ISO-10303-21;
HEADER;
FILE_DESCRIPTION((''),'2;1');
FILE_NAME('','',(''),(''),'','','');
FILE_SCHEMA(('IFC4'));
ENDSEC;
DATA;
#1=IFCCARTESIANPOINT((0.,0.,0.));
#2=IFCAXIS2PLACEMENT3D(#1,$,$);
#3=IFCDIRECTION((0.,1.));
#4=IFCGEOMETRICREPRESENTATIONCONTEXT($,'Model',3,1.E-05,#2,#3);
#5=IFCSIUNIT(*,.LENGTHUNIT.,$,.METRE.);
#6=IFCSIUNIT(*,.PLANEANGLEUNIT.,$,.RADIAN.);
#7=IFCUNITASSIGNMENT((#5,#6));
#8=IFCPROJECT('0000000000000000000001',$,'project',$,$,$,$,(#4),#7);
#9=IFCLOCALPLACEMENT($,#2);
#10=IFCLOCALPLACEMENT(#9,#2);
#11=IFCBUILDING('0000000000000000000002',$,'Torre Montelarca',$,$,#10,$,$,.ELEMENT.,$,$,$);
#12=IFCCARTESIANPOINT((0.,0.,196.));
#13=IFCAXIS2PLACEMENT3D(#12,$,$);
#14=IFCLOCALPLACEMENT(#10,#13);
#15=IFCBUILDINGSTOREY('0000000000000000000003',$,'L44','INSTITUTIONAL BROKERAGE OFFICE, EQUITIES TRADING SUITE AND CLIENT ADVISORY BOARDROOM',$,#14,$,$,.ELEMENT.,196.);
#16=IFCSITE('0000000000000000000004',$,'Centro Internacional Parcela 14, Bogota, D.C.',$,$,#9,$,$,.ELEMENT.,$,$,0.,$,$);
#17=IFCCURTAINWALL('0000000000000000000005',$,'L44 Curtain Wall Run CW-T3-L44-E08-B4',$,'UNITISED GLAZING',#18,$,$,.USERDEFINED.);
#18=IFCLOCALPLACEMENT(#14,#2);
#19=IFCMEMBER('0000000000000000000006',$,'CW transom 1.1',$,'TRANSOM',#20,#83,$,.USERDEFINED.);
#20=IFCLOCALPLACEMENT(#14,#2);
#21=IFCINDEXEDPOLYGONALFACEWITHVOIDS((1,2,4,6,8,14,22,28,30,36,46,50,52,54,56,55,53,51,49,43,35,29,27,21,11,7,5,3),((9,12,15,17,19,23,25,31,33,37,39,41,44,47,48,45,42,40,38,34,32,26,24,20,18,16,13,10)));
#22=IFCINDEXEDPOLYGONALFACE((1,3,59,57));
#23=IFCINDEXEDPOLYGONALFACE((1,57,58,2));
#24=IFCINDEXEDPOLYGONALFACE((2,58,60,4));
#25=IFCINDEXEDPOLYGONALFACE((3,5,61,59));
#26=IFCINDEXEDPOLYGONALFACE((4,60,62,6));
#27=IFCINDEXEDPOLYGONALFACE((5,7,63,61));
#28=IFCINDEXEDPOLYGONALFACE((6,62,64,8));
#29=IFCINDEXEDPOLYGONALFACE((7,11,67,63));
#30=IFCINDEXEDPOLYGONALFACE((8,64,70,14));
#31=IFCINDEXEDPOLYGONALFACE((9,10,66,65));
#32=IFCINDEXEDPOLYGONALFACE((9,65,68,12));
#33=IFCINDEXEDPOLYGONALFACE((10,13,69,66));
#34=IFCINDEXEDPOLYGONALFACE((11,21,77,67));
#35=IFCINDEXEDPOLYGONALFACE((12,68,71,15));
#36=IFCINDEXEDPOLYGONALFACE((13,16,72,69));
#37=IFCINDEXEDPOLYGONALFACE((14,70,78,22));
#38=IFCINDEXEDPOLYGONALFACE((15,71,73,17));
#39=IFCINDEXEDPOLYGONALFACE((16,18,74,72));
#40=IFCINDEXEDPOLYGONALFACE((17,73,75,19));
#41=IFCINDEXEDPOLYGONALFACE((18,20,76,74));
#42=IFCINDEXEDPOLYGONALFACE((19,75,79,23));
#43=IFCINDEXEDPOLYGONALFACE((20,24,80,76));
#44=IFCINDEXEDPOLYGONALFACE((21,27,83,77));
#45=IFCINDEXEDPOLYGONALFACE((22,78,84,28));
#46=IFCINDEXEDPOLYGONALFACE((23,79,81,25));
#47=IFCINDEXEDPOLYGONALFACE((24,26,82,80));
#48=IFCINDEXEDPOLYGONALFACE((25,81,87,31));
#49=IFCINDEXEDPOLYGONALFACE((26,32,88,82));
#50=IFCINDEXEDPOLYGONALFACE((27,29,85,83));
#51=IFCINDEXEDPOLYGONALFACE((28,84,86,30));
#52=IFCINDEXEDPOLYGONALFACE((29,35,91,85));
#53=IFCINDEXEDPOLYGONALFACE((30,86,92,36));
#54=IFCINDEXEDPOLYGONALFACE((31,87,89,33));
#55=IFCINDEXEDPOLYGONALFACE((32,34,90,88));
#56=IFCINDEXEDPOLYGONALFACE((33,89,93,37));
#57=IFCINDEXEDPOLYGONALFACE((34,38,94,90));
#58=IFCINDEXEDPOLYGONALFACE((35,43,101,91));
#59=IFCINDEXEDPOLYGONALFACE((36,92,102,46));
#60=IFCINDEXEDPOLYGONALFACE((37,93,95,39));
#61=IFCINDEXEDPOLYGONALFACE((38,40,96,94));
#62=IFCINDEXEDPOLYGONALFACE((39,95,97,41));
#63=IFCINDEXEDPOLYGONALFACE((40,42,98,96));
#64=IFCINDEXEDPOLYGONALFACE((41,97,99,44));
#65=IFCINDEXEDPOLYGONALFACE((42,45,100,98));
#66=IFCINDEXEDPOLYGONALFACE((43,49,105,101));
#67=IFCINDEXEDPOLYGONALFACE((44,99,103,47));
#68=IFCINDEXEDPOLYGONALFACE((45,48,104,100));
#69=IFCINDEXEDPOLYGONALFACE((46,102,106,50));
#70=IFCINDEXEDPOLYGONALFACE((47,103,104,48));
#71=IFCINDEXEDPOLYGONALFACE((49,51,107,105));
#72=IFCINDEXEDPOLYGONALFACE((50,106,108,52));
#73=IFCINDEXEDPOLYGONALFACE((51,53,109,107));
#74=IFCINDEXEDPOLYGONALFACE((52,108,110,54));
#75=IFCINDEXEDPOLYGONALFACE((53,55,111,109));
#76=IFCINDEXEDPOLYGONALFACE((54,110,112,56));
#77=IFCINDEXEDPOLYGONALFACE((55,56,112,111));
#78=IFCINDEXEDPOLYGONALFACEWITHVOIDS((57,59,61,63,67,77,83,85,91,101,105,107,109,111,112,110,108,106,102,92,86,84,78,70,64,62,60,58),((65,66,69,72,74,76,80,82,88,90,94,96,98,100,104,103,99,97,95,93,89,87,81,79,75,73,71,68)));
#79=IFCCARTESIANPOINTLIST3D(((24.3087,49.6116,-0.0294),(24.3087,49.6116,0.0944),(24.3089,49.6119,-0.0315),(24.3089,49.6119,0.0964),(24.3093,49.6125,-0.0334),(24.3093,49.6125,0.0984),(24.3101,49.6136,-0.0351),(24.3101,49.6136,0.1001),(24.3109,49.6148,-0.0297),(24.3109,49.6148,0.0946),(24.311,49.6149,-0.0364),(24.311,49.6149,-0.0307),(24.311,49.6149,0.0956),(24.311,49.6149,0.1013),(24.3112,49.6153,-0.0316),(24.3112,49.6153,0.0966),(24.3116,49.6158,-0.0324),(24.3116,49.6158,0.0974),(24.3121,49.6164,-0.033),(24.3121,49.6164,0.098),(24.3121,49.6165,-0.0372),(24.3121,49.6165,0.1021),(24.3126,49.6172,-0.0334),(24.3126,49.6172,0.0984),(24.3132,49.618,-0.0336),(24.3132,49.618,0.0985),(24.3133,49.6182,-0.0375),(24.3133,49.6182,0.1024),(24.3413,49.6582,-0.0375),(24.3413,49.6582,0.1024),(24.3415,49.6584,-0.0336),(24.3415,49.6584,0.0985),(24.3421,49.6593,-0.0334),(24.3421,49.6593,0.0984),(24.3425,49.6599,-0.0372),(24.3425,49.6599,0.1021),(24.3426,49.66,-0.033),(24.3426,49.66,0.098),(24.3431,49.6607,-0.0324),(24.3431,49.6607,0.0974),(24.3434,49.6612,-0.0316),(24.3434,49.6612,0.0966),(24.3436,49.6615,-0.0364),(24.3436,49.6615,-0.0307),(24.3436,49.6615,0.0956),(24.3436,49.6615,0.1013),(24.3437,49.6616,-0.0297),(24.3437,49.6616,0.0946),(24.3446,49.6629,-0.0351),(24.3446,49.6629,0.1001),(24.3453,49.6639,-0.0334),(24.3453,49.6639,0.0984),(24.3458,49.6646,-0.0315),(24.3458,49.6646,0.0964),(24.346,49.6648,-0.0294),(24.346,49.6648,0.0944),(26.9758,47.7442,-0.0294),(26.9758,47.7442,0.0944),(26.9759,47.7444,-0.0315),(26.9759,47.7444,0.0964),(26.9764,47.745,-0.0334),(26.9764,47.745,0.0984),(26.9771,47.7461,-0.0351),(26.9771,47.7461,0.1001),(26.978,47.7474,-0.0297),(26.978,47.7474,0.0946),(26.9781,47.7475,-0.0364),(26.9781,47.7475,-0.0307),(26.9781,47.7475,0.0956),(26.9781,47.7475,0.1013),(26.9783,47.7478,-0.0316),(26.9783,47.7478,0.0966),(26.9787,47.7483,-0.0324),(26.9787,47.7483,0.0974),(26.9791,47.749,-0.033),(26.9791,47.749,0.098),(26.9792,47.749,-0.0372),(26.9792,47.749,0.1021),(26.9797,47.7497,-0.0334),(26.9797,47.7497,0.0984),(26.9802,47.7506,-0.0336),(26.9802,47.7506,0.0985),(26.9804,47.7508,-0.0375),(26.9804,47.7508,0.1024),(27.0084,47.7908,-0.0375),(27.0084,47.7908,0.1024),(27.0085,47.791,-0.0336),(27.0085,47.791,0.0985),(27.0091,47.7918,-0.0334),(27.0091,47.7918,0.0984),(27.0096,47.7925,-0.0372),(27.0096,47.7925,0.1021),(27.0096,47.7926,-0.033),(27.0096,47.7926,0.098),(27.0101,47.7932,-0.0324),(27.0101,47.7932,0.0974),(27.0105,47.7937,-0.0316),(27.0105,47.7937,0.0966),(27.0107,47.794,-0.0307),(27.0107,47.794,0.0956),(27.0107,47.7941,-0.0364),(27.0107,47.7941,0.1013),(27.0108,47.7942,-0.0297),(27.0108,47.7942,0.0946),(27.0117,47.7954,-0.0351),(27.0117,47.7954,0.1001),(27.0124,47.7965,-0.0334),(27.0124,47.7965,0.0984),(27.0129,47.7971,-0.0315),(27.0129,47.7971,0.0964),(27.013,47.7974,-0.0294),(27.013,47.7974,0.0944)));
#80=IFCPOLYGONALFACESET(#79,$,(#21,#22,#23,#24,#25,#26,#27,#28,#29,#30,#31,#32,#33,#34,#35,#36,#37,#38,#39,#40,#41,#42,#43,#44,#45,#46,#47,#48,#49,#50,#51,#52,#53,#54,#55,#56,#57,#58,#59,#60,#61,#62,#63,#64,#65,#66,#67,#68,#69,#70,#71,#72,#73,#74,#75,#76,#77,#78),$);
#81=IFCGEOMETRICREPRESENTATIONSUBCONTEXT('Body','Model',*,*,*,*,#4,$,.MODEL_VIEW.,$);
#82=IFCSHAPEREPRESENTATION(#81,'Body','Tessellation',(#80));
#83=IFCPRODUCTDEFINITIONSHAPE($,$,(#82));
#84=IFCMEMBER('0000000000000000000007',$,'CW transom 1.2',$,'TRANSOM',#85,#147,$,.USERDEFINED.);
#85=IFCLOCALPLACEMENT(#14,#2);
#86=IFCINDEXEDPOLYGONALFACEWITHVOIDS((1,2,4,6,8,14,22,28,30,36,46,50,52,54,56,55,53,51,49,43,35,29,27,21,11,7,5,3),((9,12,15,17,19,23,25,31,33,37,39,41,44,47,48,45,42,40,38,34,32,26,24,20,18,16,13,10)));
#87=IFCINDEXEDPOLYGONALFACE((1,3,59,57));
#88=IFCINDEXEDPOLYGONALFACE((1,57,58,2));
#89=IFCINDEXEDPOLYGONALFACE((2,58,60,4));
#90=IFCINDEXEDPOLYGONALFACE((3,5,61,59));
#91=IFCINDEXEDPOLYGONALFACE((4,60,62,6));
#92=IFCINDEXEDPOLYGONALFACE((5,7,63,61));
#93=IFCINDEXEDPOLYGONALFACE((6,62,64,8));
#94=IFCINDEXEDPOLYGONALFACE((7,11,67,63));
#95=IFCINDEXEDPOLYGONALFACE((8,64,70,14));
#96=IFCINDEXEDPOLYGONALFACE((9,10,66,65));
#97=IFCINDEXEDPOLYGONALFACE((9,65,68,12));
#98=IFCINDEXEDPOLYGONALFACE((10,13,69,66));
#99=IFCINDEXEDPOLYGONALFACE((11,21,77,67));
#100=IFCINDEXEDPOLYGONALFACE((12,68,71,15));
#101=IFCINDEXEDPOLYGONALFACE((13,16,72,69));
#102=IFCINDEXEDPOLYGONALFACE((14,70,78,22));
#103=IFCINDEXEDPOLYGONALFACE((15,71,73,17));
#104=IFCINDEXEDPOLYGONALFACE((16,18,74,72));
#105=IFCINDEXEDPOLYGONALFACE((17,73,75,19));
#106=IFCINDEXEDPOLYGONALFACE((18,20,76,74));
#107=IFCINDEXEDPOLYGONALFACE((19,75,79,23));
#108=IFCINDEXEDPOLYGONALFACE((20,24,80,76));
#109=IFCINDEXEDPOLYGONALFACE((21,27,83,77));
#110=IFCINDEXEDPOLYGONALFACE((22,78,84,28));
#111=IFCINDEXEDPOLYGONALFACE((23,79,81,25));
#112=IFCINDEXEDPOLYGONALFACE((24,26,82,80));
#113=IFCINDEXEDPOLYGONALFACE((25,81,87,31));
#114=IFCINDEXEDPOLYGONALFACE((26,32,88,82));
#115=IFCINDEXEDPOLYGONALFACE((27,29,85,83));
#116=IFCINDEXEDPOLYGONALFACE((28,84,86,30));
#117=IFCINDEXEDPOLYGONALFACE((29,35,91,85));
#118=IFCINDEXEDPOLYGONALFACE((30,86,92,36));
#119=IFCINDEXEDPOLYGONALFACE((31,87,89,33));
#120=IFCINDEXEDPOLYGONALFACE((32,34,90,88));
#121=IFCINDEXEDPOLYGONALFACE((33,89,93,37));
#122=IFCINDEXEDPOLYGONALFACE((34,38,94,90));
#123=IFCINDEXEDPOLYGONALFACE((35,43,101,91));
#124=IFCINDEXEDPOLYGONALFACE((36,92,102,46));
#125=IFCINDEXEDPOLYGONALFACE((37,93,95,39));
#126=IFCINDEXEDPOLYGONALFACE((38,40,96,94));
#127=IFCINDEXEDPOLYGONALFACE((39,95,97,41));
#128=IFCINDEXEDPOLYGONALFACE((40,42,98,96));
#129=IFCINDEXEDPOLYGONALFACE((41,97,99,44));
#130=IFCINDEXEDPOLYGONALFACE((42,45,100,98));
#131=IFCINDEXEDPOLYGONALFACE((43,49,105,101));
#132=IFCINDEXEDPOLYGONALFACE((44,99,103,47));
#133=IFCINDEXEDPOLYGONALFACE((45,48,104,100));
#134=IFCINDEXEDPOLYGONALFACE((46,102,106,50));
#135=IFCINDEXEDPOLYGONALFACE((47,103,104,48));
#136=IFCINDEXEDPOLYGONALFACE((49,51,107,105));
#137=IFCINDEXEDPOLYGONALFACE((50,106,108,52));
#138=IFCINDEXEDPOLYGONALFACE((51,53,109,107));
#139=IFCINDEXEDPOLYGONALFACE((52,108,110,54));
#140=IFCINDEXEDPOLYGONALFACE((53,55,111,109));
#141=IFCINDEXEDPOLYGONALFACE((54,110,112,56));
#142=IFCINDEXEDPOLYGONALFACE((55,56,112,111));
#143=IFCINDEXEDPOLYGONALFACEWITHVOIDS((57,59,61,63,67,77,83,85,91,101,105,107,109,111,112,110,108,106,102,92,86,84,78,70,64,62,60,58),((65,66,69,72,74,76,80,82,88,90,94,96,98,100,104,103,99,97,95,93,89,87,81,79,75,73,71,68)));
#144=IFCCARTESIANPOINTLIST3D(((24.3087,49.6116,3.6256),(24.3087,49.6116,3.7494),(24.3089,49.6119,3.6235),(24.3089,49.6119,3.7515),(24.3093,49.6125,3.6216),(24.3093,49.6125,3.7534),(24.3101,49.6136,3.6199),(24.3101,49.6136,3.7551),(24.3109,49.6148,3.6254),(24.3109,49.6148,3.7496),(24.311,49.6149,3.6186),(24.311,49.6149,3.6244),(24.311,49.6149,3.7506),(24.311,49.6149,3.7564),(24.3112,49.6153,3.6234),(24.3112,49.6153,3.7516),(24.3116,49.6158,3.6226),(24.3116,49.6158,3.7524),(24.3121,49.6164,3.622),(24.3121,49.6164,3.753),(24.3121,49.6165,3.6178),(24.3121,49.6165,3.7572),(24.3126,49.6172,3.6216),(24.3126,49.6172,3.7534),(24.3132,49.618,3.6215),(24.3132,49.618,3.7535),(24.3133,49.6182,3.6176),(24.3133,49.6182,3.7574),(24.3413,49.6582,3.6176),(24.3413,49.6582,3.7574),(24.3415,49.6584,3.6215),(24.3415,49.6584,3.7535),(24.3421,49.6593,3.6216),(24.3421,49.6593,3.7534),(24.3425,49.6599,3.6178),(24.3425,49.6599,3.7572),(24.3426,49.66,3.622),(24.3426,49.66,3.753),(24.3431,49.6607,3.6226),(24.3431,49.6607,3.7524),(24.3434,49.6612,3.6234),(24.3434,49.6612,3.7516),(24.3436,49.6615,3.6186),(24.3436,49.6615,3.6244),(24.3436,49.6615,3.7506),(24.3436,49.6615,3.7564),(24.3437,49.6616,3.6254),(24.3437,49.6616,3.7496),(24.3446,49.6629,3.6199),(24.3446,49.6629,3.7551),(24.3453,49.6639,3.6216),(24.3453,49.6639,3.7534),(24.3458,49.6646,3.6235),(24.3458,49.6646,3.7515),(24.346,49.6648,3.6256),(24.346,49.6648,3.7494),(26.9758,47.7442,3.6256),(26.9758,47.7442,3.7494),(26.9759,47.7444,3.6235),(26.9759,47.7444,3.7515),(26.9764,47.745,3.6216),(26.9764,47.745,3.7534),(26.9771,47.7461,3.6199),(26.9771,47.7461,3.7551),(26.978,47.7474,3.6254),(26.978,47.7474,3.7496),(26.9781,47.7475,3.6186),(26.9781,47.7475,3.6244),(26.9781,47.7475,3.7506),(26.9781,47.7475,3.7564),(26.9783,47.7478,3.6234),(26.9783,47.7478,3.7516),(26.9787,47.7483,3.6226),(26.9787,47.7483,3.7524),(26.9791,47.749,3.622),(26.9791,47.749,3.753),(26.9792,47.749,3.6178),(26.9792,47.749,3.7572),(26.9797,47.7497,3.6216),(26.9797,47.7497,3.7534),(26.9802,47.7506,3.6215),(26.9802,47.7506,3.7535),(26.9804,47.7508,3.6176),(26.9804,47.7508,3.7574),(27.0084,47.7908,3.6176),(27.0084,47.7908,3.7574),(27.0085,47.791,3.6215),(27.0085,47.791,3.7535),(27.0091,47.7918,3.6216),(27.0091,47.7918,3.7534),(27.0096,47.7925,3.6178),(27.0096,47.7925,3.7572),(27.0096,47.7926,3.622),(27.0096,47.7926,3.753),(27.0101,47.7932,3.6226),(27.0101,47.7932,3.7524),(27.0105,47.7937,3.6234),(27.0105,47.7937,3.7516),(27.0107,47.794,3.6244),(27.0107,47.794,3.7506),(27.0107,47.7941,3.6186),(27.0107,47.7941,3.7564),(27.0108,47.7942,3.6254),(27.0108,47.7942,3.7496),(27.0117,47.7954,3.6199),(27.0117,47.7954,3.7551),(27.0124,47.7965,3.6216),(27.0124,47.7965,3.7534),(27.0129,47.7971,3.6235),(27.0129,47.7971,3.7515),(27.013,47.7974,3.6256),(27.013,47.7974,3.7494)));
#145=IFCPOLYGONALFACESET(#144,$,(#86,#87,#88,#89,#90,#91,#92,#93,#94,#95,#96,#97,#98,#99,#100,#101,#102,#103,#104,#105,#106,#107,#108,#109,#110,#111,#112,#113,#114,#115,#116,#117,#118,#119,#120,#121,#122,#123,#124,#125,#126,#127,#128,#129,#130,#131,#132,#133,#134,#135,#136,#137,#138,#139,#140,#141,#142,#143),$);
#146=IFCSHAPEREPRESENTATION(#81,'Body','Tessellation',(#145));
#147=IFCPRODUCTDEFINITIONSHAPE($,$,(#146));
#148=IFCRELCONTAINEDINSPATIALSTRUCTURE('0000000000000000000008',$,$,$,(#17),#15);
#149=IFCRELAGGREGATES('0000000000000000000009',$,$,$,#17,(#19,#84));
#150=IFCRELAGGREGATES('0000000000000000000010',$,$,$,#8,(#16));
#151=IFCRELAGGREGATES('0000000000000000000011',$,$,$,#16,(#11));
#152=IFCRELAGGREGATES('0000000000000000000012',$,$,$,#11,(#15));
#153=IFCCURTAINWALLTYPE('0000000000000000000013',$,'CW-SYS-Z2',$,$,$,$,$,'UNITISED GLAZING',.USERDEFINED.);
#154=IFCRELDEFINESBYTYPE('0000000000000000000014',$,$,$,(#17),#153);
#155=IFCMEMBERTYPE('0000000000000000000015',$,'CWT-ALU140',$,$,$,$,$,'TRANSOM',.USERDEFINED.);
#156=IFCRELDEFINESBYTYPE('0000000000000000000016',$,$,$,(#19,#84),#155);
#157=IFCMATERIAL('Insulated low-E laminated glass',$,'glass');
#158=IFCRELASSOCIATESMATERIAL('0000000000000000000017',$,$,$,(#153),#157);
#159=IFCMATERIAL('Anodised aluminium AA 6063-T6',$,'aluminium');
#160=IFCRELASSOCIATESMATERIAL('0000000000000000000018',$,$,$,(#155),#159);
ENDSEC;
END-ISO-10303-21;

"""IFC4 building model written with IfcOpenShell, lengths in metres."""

from ifc_helpers import new_model, si_unit, direction, frame, origin, origin_2d, place, context, subcontext, project, spatial, hollow_rectangle, extrude, source, transform, mapped, material, material_profile, profile_set, type_object, element, aggregate, save


model = new_model("IFC4")

# Units and contexts
model_context = context("Model", 3, precision=1e-05, world=origin(), true_north=direction((0.0, 1.0)))
body_context = subcontext(model_context, "Body", "Model", "MODEL_VIEW")
ifc_project = project(units=[si_unit("LENGTHUNIT", "METRE"), si_unit("PLANEANGLEUNIT", "RADIAN")], contexts=[model_context])

# Site, building, storey
site_placement = place(None, origin())
site = spatial("IfcSite", under=ifc_project, at=site_placement, Name="Centro Internacional Parcela 14, Bogota, D.C.", CompositionType="ELEMENT", RefElevation=0.0)
building_placement = place(site_placement, origin())
building = spatial("IfcBuilding", under=site, at=building_placement, Name="Torre Montelarca", CompositionType="ELEMENT")
storey_placement = place(building_placement, frame((0.0, 0.0, 196.0)))
storey = spatial("IfcBuildingStorey", under=building, at=storey_placement, Name="L44", Description="INSTITUTIONAL BROKERAGE OFFICE, EQUITIES TRADING SUITE AND CLIENT ADVISORY BOARDROOM", CompositionType="ELEMENT", Elevation=196.0)

# Shared definitions
ifc_material_1 = material(Name="Insulated low-E laminated glass", Category="glass")
curtain_wall_type = type_object("IfcCurtainWallType", Name="CW-SYS-Z2", ElementType="UNITISED GLAZING", PredefinedType="USERDEFINED", material=ifc_material_1)
ifc_material_2 = material(Name="Anodised aluminium AA 6063-T6", Category="aluminium")

# Curtain wall, members
curtain_wall_1_placement = place(storey_placement, origin())
curtain_wall_1 = element("IfcCurtainWall", 1, at=curtain_wall_1_placement, inside=storey, type_object=curtain_wall_type, Name="L44 Curtain Wall Run CW-T3-L44-E08-B4", ObjectType="UNITISED GLAZING", PredefinedType="USERDEFINED")
ifc_material_profile_1 = material_profile(ifc_material_2, hollow_rectangle(XDim=0.0649, YDim=0.1399, WallThickness=0.0039, InnerFilletRadius=0.0039, OuterFilletRadius=0.0081, at=origin_2d()), Name="ALU65X140X4", Category="aluminium")
ifc_profile_set_1 = profile_set([ifc_material_profile_1], Name="Anodised aluminium AA 6063-T6")
member_type_1 = type_object("IfcMemberType", Name="CWT-ALU140", ElementType="TRANSOM", PredefinedType="USERDEFINED", material=ifc_profile_set_1)
shared_shape_1 = source(origin(), body_context, "Body", "SweptSolid", [
    extrude(hollow_rectangle(XDim=0.0649, YDim=0.1399, WallThickness=0.0039, InnerFilletRadius=0.0039, OuterFilletRadius=0.0081, at=origin_2d()), origin(), (0.0, 0.0, 1.0), 3.2559),
])
member_1_placement = place(storey_placement, frame((26.9944, 47.7708, 0.0325), z_axis=(-0.819154, 0.573573, 0.0), x_axis=(-0.573573, -0.819154, 0.0)))
member_1 = element("IfcMember", 2, at=member_1_placement, type_object=member_type_1, Name="CW transom 1.1", ObjectType="TRANSOM", PredefinedType="USERDEFINED", context=body_context, shape_type="MappedRepresentation", body=[
    mapped(shared_shape_1, transform((0.0, 0.0, 0.0), scale=1.0)),
])
member_2_placement = place(storey_placement, frame((26.9944, 47.7708, 3.6875), z_axis=(-0.819154, 0.573573, 0.0), x_axis=(-0.573573, -0.819154, 0.0)))
member_2 = element("IfcMember", 3, at=member_2_placement, type_object=member_type_1, Name="CW transom 1.2", ObjectType="TRANSOM", PredefinedType="USERDEFINED", context=body_context, shape_type="MappedRepresentation", body=[
    mapped(shared_shape_1, transform((0.0, 0.0, 0.0), scale=1.0)),
])

aggregate(curtain_wall_1, [member_1, member_2])

save(model, "model.ifc")
